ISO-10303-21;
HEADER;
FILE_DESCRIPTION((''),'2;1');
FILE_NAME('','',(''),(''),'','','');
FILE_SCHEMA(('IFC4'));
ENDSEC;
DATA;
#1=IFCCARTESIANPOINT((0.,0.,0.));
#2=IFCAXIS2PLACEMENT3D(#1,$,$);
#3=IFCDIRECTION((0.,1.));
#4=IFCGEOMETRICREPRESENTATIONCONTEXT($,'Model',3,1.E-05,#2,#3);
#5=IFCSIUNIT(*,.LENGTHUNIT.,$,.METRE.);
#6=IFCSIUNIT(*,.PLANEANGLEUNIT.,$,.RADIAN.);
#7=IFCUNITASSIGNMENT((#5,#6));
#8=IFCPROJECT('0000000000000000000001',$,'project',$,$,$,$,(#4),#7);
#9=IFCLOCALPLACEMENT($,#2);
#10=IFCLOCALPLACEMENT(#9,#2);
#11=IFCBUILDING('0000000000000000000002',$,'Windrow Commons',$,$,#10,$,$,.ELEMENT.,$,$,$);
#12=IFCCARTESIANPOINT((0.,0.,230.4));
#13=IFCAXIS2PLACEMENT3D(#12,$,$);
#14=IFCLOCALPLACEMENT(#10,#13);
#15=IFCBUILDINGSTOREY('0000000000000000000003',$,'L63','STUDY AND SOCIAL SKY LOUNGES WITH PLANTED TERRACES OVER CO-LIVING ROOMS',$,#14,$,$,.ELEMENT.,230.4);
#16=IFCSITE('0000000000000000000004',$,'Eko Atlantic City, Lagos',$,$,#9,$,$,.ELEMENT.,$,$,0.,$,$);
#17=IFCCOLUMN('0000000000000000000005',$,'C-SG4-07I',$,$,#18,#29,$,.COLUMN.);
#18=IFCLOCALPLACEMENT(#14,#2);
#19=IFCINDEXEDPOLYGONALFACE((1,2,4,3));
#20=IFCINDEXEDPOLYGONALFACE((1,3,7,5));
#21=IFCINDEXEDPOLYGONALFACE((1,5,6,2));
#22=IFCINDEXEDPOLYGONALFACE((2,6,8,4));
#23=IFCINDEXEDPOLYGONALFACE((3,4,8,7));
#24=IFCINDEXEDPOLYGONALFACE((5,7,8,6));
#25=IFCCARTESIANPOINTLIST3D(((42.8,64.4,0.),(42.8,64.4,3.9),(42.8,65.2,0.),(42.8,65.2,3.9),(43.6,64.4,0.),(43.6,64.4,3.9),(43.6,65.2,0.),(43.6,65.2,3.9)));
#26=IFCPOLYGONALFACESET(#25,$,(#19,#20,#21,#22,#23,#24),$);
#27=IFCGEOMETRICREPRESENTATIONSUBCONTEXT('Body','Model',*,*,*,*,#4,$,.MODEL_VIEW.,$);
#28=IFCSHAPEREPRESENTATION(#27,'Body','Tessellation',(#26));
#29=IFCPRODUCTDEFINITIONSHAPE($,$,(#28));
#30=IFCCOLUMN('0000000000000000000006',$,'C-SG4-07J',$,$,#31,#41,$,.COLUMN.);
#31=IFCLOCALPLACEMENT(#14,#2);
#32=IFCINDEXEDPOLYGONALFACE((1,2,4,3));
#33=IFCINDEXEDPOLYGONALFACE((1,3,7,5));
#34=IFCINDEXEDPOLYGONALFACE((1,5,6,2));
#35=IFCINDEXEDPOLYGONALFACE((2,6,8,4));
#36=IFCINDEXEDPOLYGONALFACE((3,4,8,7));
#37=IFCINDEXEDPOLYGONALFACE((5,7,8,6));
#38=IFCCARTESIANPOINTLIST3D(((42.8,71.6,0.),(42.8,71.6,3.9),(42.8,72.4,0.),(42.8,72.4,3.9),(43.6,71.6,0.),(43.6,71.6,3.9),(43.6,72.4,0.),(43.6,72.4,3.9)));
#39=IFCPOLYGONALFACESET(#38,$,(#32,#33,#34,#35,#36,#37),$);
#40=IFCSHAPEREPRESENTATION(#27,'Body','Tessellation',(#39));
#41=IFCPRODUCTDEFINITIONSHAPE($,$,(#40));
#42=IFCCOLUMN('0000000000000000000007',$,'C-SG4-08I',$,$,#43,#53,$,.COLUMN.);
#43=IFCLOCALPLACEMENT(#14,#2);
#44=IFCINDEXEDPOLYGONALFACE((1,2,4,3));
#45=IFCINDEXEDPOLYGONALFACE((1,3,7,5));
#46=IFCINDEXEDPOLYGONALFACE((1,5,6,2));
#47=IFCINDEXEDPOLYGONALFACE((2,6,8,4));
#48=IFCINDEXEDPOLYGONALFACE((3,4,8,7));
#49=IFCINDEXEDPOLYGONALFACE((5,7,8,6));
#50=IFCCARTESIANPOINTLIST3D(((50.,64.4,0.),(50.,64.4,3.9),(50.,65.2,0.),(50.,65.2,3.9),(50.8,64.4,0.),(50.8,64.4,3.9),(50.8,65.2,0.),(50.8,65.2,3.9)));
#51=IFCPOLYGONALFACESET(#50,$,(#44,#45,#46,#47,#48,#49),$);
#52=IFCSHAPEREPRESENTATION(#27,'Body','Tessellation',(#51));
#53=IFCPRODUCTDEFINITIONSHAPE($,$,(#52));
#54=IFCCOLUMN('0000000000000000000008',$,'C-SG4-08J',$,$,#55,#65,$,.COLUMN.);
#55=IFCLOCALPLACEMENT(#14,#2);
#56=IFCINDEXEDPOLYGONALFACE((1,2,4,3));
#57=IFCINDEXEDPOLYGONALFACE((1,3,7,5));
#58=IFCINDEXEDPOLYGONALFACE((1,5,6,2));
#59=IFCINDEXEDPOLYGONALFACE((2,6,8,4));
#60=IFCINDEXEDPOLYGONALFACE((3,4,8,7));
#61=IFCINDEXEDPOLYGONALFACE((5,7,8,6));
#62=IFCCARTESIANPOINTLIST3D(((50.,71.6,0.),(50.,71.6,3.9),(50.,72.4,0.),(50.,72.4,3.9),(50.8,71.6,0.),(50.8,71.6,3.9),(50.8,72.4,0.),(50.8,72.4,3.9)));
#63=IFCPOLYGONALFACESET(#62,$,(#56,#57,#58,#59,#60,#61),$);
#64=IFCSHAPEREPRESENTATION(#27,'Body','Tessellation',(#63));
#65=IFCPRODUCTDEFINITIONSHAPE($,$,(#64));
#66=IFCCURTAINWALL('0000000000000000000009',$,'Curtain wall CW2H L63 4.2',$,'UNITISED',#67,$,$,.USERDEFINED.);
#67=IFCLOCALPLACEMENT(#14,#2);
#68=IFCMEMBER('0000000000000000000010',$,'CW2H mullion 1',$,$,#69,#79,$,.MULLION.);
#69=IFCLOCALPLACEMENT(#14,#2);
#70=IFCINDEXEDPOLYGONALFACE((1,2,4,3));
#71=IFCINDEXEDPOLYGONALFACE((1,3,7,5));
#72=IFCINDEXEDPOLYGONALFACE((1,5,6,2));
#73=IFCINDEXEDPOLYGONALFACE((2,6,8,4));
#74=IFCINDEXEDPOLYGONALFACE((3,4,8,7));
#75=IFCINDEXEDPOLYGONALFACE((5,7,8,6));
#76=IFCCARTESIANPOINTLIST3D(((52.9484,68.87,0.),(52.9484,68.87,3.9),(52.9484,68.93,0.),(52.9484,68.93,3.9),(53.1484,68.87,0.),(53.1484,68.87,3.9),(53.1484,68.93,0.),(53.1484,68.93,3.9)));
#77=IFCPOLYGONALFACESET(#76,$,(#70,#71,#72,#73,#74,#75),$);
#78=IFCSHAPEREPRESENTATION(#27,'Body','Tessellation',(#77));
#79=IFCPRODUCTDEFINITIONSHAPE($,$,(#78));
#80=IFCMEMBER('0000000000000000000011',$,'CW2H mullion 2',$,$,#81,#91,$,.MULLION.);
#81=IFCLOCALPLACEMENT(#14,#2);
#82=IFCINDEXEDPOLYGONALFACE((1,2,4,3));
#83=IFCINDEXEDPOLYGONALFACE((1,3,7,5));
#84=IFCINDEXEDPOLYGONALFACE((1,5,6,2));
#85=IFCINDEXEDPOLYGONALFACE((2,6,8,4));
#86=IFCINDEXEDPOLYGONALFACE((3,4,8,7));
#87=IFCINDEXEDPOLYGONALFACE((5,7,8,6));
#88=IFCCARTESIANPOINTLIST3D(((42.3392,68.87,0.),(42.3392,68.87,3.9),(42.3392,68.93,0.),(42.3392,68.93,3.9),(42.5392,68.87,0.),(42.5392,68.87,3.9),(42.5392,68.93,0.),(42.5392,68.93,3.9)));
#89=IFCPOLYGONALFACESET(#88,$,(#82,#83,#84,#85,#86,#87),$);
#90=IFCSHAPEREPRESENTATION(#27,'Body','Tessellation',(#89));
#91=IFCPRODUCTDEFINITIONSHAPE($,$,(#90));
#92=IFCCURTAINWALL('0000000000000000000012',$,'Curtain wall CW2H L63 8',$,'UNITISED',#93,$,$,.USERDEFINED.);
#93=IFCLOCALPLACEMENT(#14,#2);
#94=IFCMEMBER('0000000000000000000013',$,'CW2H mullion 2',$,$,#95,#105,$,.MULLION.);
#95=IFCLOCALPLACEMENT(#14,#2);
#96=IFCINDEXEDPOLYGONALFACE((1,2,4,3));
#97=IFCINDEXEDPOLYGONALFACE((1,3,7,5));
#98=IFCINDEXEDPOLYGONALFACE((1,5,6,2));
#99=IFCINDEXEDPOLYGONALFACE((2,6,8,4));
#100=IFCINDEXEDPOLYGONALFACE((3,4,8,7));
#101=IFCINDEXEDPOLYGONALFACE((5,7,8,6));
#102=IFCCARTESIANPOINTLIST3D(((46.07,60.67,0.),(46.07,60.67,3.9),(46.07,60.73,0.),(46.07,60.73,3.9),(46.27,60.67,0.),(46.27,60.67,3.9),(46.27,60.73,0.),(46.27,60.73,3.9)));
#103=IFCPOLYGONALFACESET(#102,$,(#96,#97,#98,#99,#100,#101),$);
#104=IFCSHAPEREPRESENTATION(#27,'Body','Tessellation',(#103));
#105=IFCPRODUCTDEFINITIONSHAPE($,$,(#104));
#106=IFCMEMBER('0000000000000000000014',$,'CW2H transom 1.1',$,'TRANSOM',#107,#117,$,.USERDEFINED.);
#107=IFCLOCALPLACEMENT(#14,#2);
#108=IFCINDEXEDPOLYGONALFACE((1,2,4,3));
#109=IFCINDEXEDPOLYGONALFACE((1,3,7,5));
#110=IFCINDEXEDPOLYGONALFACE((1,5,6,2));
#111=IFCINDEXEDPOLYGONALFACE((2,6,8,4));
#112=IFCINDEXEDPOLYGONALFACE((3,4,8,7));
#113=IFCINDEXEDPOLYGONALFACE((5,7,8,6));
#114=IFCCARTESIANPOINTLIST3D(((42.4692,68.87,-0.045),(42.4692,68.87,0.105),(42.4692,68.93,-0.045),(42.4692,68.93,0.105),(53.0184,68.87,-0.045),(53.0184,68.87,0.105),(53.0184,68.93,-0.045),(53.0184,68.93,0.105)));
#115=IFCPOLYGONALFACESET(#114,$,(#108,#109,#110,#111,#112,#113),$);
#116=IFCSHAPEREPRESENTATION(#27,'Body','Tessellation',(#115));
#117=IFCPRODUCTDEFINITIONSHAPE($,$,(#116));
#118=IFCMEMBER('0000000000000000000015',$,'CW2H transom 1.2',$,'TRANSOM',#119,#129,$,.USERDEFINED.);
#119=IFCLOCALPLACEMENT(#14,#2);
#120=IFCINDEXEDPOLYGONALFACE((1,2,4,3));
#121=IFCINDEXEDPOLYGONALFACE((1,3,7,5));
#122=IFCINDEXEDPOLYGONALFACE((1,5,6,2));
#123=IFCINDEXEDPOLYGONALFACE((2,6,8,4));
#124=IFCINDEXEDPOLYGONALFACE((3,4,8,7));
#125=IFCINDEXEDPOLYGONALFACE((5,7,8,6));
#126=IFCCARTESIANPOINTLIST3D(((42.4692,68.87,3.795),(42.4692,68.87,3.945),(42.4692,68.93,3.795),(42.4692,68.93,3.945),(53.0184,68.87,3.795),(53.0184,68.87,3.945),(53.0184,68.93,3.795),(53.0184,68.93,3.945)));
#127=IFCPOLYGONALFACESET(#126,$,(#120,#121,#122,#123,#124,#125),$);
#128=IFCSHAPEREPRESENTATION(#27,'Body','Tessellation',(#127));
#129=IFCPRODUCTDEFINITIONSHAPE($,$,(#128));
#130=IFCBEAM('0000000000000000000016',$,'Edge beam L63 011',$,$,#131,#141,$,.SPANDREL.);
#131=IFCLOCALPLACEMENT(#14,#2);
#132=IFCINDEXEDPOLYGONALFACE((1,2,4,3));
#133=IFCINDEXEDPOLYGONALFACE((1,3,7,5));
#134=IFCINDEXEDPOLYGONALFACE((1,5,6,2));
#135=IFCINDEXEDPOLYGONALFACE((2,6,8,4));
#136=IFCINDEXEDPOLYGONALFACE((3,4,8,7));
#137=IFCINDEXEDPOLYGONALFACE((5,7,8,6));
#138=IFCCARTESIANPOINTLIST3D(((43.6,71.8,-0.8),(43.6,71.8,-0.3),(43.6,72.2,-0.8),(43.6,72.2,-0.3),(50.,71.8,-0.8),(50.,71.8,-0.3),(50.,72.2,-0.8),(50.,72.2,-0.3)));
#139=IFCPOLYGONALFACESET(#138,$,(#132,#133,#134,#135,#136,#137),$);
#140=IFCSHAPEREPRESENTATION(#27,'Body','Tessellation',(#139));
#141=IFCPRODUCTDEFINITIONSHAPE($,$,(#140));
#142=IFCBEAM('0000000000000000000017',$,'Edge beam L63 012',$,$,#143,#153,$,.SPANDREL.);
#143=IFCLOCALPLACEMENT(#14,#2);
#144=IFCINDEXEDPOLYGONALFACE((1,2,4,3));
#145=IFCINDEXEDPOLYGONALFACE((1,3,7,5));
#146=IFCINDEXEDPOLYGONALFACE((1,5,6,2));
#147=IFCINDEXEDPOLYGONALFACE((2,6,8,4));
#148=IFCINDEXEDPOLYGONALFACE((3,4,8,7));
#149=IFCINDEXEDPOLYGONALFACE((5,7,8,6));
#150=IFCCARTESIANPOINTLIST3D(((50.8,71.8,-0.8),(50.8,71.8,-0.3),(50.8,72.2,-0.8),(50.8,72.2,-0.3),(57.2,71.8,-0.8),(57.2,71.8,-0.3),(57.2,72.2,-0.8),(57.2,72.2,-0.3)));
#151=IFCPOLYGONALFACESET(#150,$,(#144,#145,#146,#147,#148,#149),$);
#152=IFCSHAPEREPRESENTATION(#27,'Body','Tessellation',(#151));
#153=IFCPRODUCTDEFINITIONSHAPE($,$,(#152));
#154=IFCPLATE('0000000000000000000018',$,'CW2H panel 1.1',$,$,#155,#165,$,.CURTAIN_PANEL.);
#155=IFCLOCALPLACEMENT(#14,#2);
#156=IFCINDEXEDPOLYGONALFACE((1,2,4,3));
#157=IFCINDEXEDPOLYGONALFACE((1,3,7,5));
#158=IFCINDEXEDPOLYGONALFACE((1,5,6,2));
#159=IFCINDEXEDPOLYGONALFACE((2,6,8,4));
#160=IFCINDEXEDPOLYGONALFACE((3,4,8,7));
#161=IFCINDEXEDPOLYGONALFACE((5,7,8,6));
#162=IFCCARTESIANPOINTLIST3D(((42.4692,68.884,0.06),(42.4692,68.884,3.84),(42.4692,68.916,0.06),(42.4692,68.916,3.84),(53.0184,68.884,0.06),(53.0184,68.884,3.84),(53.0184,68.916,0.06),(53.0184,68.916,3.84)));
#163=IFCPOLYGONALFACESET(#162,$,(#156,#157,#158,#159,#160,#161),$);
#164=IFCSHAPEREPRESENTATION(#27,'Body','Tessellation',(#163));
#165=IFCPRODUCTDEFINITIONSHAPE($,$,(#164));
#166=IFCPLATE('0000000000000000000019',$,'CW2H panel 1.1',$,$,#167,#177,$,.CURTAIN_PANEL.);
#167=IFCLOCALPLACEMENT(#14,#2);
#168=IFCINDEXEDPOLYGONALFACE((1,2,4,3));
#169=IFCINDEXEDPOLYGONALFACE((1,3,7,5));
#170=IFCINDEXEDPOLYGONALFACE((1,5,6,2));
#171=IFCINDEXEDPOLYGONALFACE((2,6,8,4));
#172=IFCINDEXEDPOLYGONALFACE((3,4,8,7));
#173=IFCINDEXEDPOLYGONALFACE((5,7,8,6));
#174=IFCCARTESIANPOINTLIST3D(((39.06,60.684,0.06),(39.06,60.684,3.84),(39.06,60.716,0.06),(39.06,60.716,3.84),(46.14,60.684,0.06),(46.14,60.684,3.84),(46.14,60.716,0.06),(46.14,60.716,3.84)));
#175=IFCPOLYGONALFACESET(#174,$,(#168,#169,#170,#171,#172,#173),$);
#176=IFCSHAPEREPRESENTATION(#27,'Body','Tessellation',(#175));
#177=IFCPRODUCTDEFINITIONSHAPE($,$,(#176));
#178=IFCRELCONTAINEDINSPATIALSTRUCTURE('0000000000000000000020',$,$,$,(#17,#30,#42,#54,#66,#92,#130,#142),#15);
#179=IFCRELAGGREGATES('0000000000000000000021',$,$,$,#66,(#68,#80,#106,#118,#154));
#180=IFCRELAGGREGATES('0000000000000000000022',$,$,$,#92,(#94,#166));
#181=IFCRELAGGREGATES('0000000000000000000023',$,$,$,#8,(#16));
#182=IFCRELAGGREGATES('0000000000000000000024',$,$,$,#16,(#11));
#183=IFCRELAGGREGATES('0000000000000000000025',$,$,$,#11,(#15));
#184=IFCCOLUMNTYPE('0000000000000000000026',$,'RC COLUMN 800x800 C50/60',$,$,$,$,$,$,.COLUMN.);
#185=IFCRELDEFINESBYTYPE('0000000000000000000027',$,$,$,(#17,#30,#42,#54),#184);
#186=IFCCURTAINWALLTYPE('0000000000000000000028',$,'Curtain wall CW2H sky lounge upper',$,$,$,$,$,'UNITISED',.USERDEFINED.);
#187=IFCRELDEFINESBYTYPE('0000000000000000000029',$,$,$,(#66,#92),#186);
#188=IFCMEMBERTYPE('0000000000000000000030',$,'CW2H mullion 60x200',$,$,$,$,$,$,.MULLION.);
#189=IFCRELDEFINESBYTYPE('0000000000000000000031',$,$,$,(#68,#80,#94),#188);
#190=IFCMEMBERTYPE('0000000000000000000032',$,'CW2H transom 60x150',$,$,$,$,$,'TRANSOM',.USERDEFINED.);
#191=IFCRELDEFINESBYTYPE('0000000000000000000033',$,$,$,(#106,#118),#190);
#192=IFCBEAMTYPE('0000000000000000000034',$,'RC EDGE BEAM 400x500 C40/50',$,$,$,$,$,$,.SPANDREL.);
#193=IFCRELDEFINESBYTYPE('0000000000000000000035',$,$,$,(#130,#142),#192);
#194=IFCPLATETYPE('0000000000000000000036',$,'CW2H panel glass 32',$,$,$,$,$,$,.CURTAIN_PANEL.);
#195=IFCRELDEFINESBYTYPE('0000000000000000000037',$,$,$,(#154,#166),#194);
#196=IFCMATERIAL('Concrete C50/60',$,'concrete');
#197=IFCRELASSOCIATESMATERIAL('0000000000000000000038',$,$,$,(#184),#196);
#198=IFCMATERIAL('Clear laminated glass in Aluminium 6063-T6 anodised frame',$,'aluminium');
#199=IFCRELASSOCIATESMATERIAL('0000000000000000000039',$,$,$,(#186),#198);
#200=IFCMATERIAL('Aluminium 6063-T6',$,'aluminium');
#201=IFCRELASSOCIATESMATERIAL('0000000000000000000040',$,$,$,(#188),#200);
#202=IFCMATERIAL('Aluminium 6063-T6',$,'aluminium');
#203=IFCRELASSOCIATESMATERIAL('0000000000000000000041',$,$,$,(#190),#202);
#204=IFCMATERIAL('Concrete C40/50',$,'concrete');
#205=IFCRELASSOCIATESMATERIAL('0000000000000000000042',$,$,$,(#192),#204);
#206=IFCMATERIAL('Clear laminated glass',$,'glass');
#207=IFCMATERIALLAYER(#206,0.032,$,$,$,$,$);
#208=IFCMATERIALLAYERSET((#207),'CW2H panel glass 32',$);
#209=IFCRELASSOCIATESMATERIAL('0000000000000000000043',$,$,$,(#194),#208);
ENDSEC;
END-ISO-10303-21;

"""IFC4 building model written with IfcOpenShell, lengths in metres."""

from ifc_helpers import new_model, si_unit, direction, frame, origin, origin_2d, place, context, subcontext, project, spatial, rectangle, extrude, material, layer, layer_set, material_profile, profile_set, type_object, element, aggregate, save


model = new_model("IFC4")

# Units and contexts
model_context = context("Model", 3, precision=1e-05, world=origin(), true_north=direction((0.0, 1.0)))
body_context = subcontext(model_context, "Body", "Model", "MODEL_VIEW")
ifc_project = project(units=[si_unit("LENGTHUNIT", "METRE"), si_unit("PLANEANGLEUNIT", "RADIAN")], contexts=[model_context])

# Site, building, storey
site_placement = place(None, origin())
site = spatial("IfcSite", under=ifc_project, at=site_placement, Name="Eko Atlantic City, Lagos", CompositionType="ELEMENT", RefElevation=0.0)
building_placement = place(site_placement, origin())
building = spatial("IfcBuilding", under=site, at=building_placement, Name="Windrow Commons", CompositionType="ELEMENT")
storey_placement = place(building_placement, frame((0.0, 0.0, 230.4)))
storey = spatial("IfcBuildingStorey", under=building, at=storey_placement, Name="L63", Description="STUDY AND SOCIAL SKY LOUNGES WITH PLANTED TERRACES OVER CO-LIVING ROOMS", CompositionType="ELEMENT", Elevation=230.4)

# Columns
ifc_material_1 = material(Name="Concrete C50/60", Category="concrete")
ifc_material_profile_1 = material_profile(ifc_material_1, rectangle(XDim=0.8, YDim=0.8, at=origin_2d()))
ifc_profile_set_1 = profile_set([ifc_material_profile_1], Name="Concrete C50/60")
column_type = type_object("IfcColumnType", Name="RC COLUMN 800x800 C50/60", PredefinedType="COLUMN", material=ifc_profile_set_1)
for number, where, z_axis, x_axis, name in (
    (1, (43.2, 64.8, 0.0), (0.0, 0.0, 1.0), (1.0, 0.0, 0.0), "C-SG4-07I"),
    (2, (43.2, 72.0, 0.0), (0.0, 0.0, 1.0), (1.0, 0.0, 0.0), "C-SG4-07J"),
    (3, (50.4, 64.8, 0.0), (0.0, 0.0, 1.0), (1.0, 0.0, 0.0), "C-SG4-08I"),
    (4, (50.4, 72.0, 0.0), (0.0, 0.0, 1.0), (1.0, 0.0, 0.0), "C-SG4-08J"),
):
    element("IfcColumn", number, at=place(storey_placement, frame(where, z_axis=z_axis, x_axis=x_axis)), inside=storey, type_object=column_type, Name=name, PredefinedType="COLUMN", context=body_context, shape_type="SweptSolid", body=[
        extrude(rectangle(XDim=0.8, YDim=0.8, at=origin_2d()), origin(), (0.0, 0.0, 1.0), 3.9),
    ])

# Curtain wall, members
ifc_material_2 = material(Name="Clear laminated glass in Aluminium 6063-T6 anodised frame", Category="aluminium")
curtain_wall_type = type_object("IfcCurtainWallType", Name="Curtain wall CW2H sky lounge upper", ElementType="UNITISED", PredefinedType="USERDEFINED", material=ifc_material_2)
placement = place(storey_placement, origin())
curtain_wall_1 = element("IfcCurtainWall", 5, at=placement, inside=storey, type_object=curtain_wall_type, Name="Curtain wall CW2H L63 4.2", ObjectType="UNITISED", PredefinedType="USERDEFINED")
ifc_material_3 = material(Name="Aluminium 6063-T6", Category="aluminium")
ifc_material_profile_2 = material_profile(ifc_material_3, rectangle(XDim=0.06, YDim=0.2, at=origin_2d()))
ifc_profile_set_2 = profile_set([ifc_material_profile_2], Name="Aluminium 6063-T6")
member_type_1 = type_object("IfcMemberType", Name="CW2H mullion 60x200", PredefinedType="MULLION", material=ifc_profile_set_2)
member_1_placement = place(storey_placement, frame((53.0484, 68.9, 0.0), z_axis=(0.0, 0.0, 1.0), x_axis=(0.0, -1.0, 0.0)))
member_1 = element("IfcMember", 6, at=member_1_placement, type_object=member_type_1, Name="CW2H mullion 1", PredefinedType="MULLION", context=body_context, shape_type="SweptSolid", body=[
    extrude(rectangle(XDim=0.06, YDim=0.2, at=origin_2d()), origin(), (0.0, 0.0, 1.0), 3.9),
])
member_2_placement = place(storey_placement, frame((42.4392, 68.9, 0.0), z_axis=(0.0, 0.0, 1.0), x_axis=(0.0, -1.0, 0.0)))
member_2 = element("IfcMember", 7, at=member_2_placement, type_object=member_type_1, Name="CW2H mullion 2", PredefinedType="MULLION", context=body_context, shape_type="SweptSolid", body=[
    extrude(rectangle(XDim=0.06, YDim=0.2, at=origin_2d()), origin(), (0.0, 0.0, 1.0), 3.9),
])

# Curtain wall, member
curtain_wall_2 = element("IfcCurtainWall", 8, at=placement, inside=storey, type_object=curtain_wall_type, Name="Curtain wall CW2H L63 8", ObjectType="UNITISED", PredefinedType="USERDEFINED")
member_3_placement = place(storey_placement, frame((46.17, 60.7, 0.0), z_axis=(0.0, 0.0, 1.0), x_axis=(0.0, 1.0, 0.0)))
member_3 = element("IfcMember", 9, at=member_3_placement, type_object=member_type_1, Name="CW2H mullion 2", PredefinedType="MULLION", context=body_context, shape_type="SweptSolid", body=[
    extrude(rectangle(XDim=0.06, YDim=0.2, at=origin_2d()), origin(), (0.0, 0.0, 1.0), 3.9),
])

# Members
ifc_material_4 = material(Name="Aluminium 6063-T6", Category="aluminium")
ifc_material_profile_3 = material_profile(ifc_material_4, rectangle(XDim=0.06, YDim=0.15, at=origin_2d()))
ifc_profile_set_3 = profile_set([ifc_material_profile_3], Name="Aluminium 6063-T6")
member_type_2 = type_object("IfcMemberType", Name="CW2H transom 60x150", ElementType="TRANSOM", PredefinedType="USERDEFINED", material=ifc_profile_set_3)
member_4_placement = place(storey_placement, frame((53.0184, 68.9, 0.03), z_axis=(-1.0, 0.0, 0.0), x_axis=(0.0, -1.0, 0.0)))
member_4 = element("IfcMember", 10, at=member_4_placement, type_object=member_type_2, Name="CW2H transom 1.1", ObjectType="TRANSOM", PredefinedType="USERDEFINED", context=body_context, shape_type="SweptSolid", body=[
    extrude(rectangle(XDim=0.06, YDim=0.15, at=origin_2d()), origin(), (0.0, 0.0, 1.0), 10.5492),
])
member_5_placement = place(storey_placement, frame((53.0184, 68.9, 3.87), z_axis=(-1.0, 0.0, 0.0), x_axis=(0.0, -1.0, 0.0)))
member_5 = element("IfcMember", 11, at=member_5_placement, type_object=member_type_2, Name="CW2H transom 1.2", ObjectType="TRANSOM", PredefinedType="USERDEFINED", context=body_context, shape_type="SweptSolid", body=[
    extrude(rectangle(XDim=0.06, YDim=0.15, at=origin_2d()), origin(), (0.0, 0.0, 1.0), 10.5492),
])

# Beams
ifc_material_5 = material(Name="Concrete C40/50", Category="concrete")
ifc_material_profile_4 = material_profile(ifc_material_5, rectangle(XDim=0.4, YDim=0.5, at=origin_2d()))
ifc_profile_set_4 = profile_set([ifc_material_profile_4], Name="Concrete C40/50")
beam_type = type_object("IfcBeamType", Name="RC EDGE BEAM 400x500 C40/50", PredefinedType="SPANDREL", material=ifc_profile_set_4)
for number, where, z_axis, x_axis, name in (
    (12, (43.6, 72.0, -0.55), (1.0, 0.0, 0.0), (0.0, 1.0, 0.0), "Edge beam L63 011"),
    (13, (50.8, 72.0, -0.55), (1.0, 0.0, 0.0), (0.0, 1.0, 0.0), "Edge beam L63 012"),
):
    element("IfcBeam", number, at=place(storey_placement, frame(where, z_axis=z_axis, x_axis=x_axis)), inside=storey, type_object=beam_type, Name=name, PredefinedType="SPANDREL", context=body_context, shape_type="SweptSolid", body=[
        extrude(rectangle(XDim=0.4, YDim=0.5, at=origin_2d()), origin(), (0.0, 0.0, 1.0), 6.4),
    ])

# Plates
ifc_material_6 = material(Name="Clear laminated glass", Category="glass")
ifc_layer_1 = layer(ifc_material_6, 0.032)
ifc_layer_set_1 = layer_set([ifc_layer_1], Name="CW2H panel glass 32")
plate_type = type_object("IfcPlateType", Name="CW2H panel glass 32", PredefinedType="CURTAIN_PANEL", material=ifc_layer_set_1)
plate_1_placement = place(storey_placement, frame((47.7438, 68.9, 0.06), z_axis=(0.0, 0.0, 1.0), x_axis=(-1.0, 0.0, 0.0)))
plate_1 = element("IfcPlate", 14, at=plate_1_placement, type_object=plate_type, Name="CW2H panel 1.1", PredefinedType="CURTAIN_PANEL", context=body_context, shape_type="SweptSolid", body=[
    extrude(rectangle(XDim=10.5492, YDim=0.032, at=origin_2d()), origin(), (0.0, 0.0, 1.0), 3.78),
])
aggregate(curtain_wall_1, [member_1, member_2, member_4, member_5, plate_1])
plate_2_placement = place(storey_placement, frame((42.6, 60.7, 0.06), z_axis=(0.0, 0.0, 1.0), x_axis=(1.0, 0.0, 0.0)))
plate_2 = element("IfcPlate", 15, at=plate_2_placement, type_object=plate_type, Name="CW2H panel 1.1", PredefinedType="CURTAIN_PANEL", context=body_context, shape_type="SweptSolid", body=[
    extrude(rectangle(XDim=7.08, YDim=0.032, at=origin_2d()), origin(), (0.0, 0.0, 1.0), 3.78),
])
aggregate(curtain_wall_2, [member_3, plate_2])

save(model, "model.ifc")
